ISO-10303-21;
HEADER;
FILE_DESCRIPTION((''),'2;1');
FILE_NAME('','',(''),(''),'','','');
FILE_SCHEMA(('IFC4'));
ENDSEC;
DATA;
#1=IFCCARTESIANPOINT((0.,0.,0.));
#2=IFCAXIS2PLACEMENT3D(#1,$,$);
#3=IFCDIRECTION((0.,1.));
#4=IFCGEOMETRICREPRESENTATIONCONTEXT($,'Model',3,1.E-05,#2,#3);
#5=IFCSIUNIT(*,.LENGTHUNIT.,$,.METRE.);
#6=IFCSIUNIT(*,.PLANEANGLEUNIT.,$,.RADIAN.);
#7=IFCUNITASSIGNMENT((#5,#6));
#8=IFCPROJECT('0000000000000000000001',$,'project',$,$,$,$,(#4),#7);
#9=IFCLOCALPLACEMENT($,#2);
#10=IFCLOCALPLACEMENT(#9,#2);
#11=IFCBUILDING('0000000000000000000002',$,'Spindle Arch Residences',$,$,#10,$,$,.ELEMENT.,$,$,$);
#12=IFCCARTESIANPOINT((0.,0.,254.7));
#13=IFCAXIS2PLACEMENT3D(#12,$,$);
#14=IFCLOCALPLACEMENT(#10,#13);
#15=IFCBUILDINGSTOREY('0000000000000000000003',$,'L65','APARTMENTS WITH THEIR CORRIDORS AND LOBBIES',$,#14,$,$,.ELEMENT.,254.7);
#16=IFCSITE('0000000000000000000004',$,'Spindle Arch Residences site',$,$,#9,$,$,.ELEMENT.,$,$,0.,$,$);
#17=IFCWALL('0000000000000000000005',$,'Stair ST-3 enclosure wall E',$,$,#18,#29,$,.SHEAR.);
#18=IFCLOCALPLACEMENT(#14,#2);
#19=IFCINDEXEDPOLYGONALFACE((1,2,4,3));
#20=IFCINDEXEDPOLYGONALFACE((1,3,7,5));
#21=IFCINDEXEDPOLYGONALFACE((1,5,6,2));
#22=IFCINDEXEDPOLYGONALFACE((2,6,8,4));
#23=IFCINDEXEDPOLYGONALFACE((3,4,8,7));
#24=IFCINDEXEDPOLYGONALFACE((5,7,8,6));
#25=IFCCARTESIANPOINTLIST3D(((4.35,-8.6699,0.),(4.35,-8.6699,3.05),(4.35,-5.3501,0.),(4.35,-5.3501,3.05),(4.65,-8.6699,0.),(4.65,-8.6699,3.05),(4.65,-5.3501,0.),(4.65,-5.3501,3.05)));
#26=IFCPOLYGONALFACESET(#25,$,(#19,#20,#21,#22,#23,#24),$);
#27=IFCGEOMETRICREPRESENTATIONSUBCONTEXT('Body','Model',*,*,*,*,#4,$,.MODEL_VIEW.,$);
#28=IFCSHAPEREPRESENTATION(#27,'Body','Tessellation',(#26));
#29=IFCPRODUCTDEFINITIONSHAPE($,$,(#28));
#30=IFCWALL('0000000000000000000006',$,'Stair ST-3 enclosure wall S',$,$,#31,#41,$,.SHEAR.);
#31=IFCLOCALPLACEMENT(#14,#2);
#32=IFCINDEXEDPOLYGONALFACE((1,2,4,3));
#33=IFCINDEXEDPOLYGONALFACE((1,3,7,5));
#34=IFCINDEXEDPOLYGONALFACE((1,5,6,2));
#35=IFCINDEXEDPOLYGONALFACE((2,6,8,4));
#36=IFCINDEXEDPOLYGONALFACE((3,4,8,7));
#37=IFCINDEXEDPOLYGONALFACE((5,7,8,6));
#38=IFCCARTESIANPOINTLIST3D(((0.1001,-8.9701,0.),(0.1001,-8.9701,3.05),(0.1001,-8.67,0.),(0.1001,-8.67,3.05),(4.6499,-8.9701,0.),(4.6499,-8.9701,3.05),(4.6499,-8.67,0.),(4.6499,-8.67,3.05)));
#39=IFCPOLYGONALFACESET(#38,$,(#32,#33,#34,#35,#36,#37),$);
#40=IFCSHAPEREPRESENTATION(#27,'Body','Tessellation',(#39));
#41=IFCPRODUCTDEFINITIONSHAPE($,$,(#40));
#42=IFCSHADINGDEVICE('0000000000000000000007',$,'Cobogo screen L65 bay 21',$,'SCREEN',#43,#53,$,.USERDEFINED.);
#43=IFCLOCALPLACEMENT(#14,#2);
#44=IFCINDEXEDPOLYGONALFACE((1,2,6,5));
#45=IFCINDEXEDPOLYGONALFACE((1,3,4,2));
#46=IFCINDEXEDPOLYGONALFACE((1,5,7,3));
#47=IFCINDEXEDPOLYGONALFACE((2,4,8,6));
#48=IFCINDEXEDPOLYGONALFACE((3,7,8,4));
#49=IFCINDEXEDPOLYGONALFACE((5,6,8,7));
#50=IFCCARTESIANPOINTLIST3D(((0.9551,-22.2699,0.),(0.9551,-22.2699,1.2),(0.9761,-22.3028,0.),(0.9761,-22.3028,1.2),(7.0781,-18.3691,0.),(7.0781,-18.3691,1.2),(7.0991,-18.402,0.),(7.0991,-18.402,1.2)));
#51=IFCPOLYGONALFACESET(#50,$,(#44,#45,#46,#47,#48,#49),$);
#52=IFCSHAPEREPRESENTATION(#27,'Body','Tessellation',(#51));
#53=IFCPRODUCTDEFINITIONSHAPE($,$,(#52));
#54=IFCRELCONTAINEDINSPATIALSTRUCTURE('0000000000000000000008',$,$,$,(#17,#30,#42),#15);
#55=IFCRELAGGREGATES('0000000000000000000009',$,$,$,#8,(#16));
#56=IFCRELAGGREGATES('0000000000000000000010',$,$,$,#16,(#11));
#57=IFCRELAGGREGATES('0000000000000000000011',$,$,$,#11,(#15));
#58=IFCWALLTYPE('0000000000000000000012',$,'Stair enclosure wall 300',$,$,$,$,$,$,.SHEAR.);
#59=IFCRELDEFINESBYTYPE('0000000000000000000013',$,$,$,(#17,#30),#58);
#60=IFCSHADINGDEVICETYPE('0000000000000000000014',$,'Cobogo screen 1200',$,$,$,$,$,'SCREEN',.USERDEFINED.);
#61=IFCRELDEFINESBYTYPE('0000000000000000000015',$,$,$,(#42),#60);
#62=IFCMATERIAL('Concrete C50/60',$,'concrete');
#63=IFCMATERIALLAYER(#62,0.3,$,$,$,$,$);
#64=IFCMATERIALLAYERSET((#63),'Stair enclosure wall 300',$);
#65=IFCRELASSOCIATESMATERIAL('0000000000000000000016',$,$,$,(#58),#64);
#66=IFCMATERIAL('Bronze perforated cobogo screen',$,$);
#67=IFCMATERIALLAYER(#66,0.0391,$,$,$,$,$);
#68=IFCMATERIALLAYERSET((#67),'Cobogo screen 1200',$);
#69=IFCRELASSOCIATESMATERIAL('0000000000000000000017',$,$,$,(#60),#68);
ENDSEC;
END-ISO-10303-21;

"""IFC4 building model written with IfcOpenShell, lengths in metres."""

from ifc_helpers import new_model, si_unit, direction, frame, frame_2d, origin, origin_2d, place, context, subcontext, project, spatial, rectangle, extrude, material, layer, layer_set, type_object, element, save


model = new_model("IFC4")

# Units and contexts
model_context = context("Model", 3, precision=1e-05, world=origin(), true_north=direction((0.0, 1.0)))
body_context = subcontext(model_context, "Body", "Model", "MODEL_VIEW")
ifc_project = project(units=[si_unit("LENGTHUNIT", "METRE"), si_unit("PLANEANGLEUNIT", "RADIAN")], contexts=[model_context])

# Site, building, storey
site_placement = place(None, origin())
site = spatial("IfcSite", under=ifc_project, at=site_placement, Name="Spindle Arch Residences site", CompositionType="ELEMENT", RefElevation=0.0)
building_placement = place(site_placement, origin())
building = spatial("IfcBuilding", under=site, at=building_placement, Name="Spindle Arch Residences", CompositionType="ELEMENT")
storey_placement = place(building_placement, frame((0.0, 0.0, 254.7)))
storey = spatial("IfcBuildingStorey", under=building, at=storey_placement, Name="L65", Description="APARTMENTS WITH THEIR CORRIDORS AND LOBBIES", CompositionType="ELEMENT", Elevation=254.7)

# Walls
ifc_material_1 = material(Name="Concrete C50/60", Category="concrete")
ifc_layer_1 = layer(ifc_material_1, 0.3)
ifc_layer_set_1 = layer_set([ifc_layer_1], Name="Stair enclosure wall 300")
wall_type_1 = type_object("IfcWallType", Name="Stair enclosure wall 300", PredefinedType="SHEAR", material=ifc_layer_set_1)
wall_1_placement = place(storey_placement, frame((4.5, -8.6699, 0.0), z_axis=(0.0, 0.0, 1.0), x_axis=(0.0, 1.0, 0.0)))
element("IfcWall", 1, at=wall_1_placement, inside=storey, type_object=wall_type_1, Name="Stair ST-3 enclosure wall E", PredefinedType="SHEAR", context=body_context, shape_type="SweptSolid", body=[
    extrude(rectangle(XDim=3.3198, YDim=0.3, at=frame_2d((1.6599, 0.0))), origin(), (0.0, 0.0, 1.0), 3.05),
])
wall_2_placement = place(storey_placement, frame((0.1001, -8.8201, 0.0), z_axis=(0.0, 0.0, 1.0), x_axis=(1.0, 0.0, 0.0)))
element("IfcWall", 2, at=wall_2_placement, inside=storey, type_object=wall_type_1, Name="Stair ST-3 enclosure wall S", PredefinedType="SHEAR", context=body_context, shape_type="SweptSolid", body=[
    extrude(rectangle(XDim=4.5498, YDim=0.3, at=frame_2d((2.2749, 0.0))), origin(), (0.0, 0.0, 1.0), 3.05),
])

# Shading device
ifc_material_2 = material(Name="Bronze perforated cobogo screen")
ifc_layer_2 = layer(ifc_material_2, 0.0391)
ifc_layer_set_2 = layer_set([ifc_layer_2], Name="Cobogo screen 1200")
shading_device_type = type_object("IfcShadingDeviceType", Name="Cobogo screen 1200", ElementType="SCREEN", PredefinedType="USERDEFINED", material=ifc_layer_set_2)
shading_device_placement = place(storey_placement, frame((4.0271, -20.3359, 0.0), z_axis=(0.0, 0.0, 1.0), x_axis=(0.843391, 0.5373, 0.0)))
element("IfcShadingDevice", 3, at=shading_device_placement, inside=storey, type_object=shading_device_type, Name="Cobogo screen L65 bay 21", ObjectType="SCREEN", PredefinedType="USERDEFINED", context=body_context, shape_type="SweptSolid", body=[
    extrude(rectangle(XDim=7.26, YDim=0.0391, at=origin_2d()), origin(), (0.0, 0.0, 1.0), 1.2),
])

save(model, "model.ifc")
